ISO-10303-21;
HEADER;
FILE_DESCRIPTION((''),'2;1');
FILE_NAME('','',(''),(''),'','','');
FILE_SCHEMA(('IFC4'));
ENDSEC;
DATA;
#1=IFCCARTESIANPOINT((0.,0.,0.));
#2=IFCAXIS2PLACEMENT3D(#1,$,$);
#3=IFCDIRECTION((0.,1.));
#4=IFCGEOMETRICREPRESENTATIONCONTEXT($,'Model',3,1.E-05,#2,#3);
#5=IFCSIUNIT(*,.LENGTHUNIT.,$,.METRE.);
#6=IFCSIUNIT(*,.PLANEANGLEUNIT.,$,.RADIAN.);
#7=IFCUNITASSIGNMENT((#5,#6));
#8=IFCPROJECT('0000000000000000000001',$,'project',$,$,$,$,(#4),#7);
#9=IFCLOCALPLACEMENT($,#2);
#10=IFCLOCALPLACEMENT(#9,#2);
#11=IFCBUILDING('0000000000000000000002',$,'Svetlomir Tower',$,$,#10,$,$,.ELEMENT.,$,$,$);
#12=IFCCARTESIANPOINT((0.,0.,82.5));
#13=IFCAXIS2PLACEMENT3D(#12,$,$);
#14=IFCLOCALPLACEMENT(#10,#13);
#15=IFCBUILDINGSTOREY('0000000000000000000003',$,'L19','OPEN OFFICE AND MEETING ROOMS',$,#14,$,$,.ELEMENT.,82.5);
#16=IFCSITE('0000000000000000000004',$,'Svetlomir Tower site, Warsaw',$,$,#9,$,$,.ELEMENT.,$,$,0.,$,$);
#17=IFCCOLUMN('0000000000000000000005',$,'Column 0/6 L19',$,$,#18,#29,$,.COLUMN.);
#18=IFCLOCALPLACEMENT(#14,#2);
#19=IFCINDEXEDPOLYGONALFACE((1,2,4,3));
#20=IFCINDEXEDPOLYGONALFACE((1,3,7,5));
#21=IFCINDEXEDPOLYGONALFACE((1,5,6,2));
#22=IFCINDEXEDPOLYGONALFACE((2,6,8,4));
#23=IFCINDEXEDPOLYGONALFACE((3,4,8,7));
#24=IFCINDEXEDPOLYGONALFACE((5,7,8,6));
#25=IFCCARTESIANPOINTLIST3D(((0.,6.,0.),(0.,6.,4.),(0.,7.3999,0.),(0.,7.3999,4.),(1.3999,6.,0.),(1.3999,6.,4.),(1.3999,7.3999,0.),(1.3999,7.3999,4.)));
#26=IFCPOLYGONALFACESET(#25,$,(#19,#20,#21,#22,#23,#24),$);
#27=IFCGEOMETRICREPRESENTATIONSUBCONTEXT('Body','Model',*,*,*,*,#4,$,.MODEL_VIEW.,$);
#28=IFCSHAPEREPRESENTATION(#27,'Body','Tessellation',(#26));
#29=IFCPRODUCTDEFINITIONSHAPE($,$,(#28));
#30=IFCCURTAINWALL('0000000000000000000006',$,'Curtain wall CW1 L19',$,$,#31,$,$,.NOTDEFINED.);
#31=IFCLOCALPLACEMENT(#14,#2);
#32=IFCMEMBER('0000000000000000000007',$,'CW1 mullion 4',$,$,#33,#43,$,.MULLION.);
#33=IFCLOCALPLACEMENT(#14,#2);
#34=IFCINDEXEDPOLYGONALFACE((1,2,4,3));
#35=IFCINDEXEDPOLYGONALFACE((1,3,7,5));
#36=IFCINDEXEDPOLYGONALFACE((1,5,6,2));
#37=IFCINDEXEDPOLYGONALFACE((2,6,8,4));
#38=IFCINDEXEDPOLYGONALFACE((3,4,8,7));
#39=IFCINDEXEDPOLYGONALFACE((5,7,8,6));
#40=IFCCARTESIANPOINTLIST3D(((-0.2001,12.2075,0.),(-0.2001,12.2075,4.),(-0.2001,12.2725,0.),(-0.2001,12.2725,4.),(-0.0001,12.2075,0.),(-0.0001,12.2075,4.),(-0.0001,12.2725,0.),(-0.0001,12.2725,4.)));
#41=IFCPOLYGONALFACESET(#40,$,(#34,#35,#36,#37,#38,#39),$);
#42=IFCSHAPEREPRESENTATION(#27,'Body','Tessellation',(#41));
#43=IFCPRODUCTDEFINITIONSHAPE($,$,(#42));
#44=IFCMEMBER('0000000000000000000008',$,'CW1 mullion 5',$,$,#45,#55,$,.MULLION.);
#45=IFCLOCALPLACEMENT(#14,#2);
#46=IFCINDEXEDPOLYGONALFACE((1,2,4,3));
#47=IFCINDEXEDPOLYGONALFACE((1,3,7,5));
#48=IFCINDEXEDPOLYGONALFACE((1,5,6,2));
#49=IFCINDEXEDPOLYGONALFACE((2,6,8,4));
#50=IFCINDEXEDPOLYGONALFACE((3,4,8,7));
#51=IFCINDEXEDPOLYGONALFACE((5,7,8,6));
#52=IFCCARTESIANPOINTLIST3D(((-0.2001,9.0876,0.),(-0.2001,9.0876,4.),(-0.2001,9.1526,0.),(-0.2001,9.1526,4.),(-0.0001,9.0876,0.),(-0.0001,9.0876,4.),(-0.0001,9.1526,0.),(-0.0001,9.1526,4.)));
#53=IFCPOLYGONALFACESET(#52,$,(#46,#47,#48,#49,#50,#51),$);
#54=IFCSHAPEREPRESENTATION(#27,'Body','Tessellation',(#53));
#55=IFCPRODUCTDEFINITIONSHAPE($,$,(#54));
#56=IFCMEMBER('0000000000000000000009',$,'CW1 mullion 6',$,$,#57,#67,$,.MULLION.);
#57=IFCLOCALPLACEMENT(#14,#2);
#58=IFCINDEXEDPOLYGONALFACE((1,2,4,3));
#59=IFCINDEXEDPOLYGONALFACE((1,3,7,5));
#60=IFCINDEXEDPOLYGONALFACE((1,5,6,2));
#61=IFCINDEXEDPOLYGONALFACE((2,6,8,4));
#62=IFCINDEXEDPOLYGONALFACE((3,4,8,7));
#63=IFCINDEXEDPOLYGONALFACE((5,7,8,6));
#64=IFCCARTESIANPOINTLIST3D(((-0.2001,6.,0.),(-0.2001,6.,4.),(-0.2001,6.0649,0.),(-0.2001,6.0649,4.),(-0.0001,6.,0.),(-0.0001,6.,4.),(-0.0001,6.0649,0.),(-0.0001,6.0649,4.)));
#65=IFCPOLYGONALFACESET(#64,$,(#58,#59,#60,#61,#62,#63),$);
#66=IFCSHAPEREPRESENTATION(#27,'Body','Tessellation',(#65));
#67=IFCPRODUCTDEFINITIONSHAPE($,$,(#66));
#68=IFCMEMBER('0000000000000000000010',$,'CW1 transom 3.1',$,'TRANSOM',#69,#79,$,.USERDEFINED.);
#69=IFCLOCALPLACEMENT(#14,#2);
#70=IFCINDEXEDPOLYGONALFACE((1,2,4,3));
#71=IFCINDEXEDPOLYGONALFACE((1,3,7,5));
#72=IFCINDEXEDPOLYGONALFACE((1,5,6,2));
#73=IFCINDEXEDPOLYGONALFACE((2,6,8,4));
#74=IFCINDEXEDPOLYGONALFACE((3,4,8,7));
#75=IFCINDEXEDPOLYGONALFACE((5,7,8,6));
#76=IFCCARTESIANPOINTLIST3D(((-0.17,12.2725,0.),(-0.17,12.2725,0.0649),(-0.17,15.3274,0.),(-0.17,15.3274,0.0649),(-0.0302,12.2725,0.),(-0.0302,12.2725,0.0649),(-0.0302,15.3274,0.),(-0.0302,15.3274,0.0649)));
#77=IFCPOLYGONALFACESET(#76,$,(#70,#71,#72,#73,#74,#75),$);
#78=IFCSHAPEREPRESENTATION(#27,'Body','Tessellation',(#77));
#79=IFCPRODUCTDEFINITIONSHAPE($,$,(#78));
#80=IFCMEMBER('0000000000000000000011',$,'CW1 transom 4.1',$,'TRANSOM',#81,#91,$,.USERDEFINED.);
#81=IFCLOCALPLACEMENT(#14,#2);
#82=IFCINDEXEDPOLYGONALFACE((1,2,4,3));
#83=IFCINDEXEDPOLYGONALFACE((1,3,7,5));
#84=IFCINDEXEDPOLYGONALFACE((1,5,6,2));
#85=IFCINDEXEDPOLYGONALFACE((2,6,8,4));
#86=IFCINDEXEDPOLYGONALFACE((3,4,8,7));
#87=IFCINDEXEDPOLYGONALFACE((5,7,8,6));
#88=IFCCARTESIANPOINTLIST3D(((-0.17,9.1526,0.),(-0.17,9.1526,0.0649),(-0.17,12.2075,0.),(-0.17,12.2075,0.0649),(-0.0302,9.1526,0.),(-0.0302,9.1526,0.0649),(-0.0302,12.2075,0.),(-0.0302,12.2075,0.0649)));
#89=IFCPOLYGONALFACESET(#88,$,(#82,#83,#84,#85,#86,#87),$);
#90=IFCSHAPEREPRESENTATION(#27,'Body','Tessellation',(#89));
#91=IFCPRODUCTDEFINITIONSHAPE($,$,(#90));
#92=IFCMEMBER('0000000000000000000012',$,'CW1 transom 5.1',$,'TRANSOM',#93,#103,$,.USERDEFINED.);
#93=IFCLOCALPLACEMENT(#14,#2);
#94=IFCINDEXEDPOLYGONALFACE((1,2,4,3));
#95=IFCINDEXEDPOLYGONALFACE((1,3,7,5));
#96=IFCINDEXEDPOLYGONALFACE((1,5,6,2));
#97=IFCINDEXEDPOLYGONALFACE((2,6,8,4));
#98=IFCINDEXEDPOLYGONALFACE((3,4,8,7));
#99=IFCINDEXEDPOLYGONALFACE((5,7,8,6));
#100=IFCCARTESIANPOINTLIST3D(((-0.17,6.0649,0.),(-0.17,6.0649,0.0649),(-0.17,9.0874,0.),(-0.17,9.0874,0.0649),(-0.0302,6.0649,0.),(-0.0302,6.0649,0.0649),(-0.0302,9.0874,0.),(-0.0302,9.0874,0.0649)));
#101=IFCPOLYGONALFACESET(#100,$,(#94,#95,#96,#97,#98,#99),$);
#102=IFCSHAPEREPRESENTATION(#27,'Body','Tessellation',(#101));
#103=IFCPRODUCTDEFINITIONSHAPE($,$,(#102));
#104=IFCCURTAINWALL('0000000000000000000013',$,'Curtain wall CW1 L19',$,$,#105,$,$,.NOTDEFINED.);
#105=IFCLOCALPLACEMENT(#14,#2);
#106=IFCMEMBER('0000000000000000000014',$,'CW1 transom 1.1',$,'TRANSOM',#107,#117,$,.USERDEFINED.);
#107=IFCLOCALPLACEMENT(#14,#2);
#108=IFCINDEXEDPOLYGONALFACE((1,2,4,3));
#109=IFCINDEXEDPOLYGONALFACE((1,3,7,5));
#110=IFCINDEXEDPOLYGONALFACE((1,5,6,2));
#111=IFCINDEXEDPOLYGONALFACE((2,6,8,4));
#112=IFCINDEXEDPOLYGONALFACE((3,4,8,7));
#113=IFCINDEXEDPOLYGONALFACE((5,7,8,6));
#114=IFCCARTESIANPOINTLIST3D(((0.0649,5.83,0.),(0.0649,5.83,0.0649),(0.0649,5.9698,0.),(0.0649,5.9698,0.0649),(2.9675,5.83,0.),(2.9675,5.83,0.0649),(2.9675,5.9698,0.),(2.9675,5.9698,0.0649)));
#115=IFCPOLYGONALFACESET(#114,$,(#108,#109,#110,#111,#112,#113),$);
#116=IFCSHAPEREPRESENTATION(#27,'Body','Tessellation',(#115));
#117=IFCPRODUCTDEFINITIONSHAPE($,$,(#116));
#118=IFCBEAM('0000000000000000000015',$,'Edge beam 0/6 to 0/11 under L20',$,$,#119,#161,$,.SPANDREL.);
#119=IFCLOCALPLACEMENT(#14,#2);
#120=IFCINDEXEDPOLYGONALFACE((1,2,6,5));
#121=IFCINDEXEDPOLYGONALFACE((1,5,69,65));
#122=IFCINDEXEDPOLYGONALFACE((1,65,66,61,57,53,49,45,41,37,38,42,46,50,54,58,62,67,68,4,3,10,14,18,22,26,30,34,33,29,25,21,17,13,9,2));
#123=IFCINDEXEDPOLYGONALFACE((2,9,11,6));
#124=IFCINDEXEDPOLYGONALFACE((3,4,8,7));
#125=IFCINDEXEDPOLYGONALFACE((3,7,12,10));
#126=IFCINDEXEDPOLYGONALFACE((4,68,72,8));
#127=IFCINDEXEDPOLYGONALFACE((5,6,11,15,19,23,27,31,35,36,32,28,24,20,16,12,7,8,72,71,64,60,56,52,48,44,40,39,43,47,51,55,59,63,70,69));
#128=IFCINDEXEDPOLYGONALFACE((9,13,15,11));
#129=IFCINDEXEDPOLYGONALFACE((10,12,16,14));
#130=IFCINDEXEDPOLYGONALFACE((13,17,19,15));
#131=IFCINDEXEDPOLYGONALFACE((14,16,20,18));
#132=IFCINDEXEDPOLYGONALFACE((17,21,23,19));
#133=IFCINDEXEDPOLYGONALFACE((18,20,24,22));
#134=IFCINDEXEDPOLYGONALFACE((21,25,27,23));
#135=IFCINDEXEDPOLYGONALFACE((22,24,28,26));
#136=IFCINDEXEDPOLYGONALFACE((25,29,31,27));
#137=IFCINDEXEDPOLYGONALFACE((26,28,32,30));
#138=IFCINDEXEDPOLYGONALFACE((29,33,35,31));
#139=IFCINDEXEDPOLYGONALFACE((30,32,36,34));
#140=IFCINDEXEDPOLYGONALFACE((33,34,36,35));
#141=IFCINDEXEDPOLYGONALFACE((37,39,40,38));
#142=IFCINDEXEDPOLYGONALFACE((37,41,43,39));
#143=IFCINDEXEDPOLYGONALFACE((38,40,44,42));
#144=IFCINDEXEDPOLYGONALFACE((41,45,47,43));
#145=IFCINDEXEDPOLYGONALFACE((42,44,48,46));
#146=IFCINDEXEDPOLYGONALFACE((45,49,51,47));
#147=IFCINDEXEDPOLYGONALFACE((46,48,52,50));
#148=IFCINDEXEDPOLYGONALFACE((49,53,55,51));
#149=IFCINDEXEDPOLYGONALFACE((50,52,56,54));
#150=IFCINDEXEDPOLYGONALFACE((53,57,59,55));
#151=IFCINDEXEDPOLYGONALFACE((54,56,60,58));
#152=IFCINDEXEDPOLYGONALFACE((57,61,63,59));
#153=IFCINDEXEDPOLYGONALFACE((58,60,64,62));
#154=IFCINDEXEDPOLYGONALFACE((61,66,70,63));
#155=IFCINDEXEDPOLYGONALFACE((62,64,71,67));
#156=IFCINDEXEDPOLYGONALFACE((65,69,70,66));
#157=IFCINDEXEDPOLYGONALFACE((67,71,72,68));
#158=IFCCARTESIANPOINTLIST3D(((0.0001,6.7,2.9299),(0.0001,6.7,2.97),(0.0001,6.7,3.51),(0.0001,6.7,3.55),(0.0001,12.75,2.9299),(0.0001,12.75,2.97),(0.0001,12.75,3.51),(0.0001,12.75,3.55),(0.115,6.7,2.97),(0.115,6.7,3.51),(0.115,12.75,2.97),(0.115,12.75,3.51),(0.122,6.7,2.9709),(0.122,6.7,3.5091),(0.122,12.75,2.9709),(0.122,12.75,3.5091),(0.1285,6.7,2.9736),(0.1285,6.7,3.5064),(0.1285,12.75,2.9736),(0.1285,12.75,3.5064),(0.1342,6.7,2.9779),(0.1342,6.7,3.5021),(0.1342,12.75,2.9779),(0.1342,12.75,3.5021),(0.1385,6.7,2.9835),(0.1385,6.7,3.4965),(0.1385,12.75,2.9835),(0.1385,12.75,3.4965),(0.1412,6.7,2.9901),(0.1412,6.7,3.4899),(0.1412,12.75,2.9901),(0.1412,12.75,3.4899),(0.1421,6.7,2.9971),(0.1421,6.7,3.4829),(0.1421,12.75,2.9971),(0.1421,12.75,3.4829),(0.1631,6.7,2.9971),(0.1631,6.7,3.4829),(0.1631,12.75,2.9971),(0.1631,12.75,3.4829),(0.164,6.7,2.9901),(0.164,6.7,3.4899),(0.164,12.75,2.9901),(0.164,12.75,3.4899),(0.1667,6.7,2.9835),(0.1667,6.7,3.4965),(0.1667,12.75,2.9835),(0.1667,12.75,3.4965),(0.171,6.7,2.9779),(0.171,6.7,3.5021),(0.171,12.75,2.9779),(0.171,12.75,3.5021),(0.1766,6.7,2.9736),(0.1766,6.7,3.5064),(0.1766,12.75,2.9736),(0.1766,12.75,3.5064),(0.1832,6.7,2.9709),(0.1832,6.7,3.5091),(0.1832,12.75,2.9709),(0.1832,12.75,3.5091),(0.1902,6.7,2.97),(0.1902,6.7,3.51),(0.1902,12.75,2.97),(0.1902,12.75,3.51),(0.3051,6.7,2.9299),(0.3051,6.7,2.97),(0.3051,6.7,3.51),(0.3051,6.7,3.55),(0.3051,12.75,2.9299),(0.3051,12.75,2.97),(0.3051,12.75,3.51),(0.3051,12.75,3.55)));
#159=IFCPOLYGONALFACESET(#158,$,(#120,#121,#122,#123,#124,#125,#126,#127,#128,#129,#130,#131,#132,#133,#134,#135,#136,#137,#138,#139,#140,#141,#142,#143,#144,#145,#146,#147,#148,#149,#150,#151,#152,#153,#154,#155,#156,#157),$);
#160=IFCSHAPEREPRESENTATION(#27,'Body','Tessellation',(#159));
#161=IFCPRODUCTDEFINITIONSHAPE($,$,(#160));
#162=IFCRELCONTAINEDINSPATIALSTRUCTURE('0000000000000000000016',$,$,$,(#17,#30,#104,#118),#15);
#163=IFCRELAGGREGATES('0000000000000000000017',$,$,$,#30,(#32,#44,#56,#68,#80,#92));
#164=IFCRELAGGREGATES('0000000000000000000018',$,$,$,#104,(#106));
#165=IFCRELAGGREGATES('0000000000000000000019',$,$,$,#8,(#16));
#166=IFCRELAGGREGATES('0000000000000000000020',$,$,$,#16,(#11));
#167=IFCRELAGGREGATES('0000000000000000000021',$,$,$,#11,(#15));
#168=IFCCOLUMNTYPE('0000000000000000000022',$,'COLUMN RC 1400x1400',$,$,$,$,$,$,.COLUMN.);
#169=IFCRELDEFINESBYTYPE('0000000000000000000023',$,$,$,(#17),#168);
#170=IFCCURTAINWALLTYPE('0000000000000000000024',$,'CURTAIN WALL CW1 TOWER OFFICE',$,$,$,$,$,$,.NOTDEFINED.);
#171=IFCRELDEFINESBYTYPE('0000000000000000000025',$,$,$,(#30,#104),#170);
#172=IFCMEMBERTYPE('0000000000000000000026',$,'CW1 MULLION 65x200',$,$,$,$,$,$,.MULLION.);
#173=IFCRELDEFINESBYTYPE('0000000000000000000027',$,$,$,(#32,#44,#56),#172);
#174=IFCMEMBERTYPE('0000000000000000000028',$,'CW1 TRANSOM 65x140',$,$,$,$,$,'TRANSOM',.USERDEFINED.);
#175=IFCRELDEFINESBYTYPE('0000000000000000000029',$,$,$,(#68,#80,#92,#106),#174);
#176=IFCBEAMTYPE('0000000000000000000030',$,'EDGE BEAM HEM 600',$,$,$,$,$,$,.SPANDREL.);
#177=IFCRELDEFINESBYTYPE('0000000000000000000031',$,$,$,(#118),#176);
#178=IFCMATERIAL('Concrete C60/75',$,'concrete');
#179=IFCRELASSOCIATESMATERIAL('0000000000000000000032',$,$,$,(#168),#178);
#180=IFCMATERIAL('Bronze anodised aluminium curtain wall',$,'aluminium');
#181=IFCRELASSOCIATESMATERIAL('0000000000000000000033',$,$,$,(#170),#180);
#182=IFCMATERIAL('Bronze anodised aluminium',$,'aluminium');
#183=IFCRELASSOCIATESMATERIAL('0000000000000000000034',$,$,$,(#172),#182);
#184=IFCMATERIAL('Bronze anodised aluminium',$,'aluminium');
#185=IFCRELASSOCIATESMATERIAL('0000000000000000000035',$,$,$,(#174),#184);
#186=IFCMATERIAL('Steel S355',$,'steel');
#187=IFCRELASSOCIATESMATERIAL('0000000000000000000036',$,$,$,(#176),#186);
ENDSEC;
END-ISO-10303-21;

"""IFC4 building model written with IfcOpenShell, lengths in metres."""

from ifc_helpers import new_model, si_unit, direction, frame, origin, origin_2d, place, context, subcontext, project, spatial, rectangle, i_section, extrude, material, material_profile, profile_set, type_object, element, aggregate, save


model = new_model("IFC4")

# Units and contexts
model_context = context("Model", 3, precision=1e-05, world=origin(), true_north=direction((0.0, 1.0)))
body_context = subcontext(model_context, "Body", "Model", "MODEL_VIEW")
ifc_project = project(units=[si_unit("LENGTHUNIT", "METRE"), si_unit("PLANEANGLEUNIT", "RADIAN")], contexts=[model_context])

# Site, building, storey
site_placement = place(None, origin())
site = spatial("IfcSite", under=ifc_project, at=site_placement, Name="Svetlomir Tower site, Warsaw", CompositionType="ELEMENT", RefElevation=0.0)
building_placement = place(site_placement, origin())
building = spatial("IfcBuilding", under=site, at=building_placement, Name="Svetlomir Tower", CompositionType="ELEMENT")
storey_placement = place(building_placement, frame((0.0, 0.0, 82.5)))
storey = spatial("IfcBuildingStorey", under=building, at=storey_placement, Name="L19", Description="OPEN OFFICE AND MEETING ROOMS", CompositionType="ELEMENT", Elevation=82.5)

# Column
ifc_material_1 = material(Name="Concrete C60/75", Category="concrete")
ifc_material_profile_1 = material_profile(ifc_material_1, rectangle(XDim=1.3999, YDim=1.3999, at=origin_2d()), Name="RC 1400x1400")
ifc_profile_set_1 = profile_set([ifc_material_profile_1], Name="Concrete C60/75")
column_type = type_object("IfcColumnType", Name="COLUMN RC 1400x1400", PredefinedType="COLUMN", material=ifc_profile_set_1)
column_placement = place(storey_placement, frame((0.7, 6.7, 0.0), z_axis=(0.0, 0.0, 1.0), x_axis=(1.0, 0.0, 0.0)))
element("IfcColumn", 1, at=column_placement, inside=storey, type_object=column_type, Name="Column 0/6 L19", PredefinedType="COLUMN", context=body_context, shape_type="SweptSolid", body=[
    extrude(rectangle(XDim=1.3999, YDim=1.3999, at=origin_2d()), origin(), (0.0, 0.0, 1.0), 4.0),
])

# Curtain wall, members
ifc_material_2 = material(Name="Bronze anodised aluminium curtain wall", Category="aluminium")
curtain_wall_type = type_object("IfcCurtainWallType", Name="CURTAIN WALL CW1 TOWER OFFICE", PredefinedType="NOTDEFINED", material=ifc_material_2)
curtain_wall_1_placement = place(storey_placement, origin())
curtain_wall_1 = element("IfcCurtainWall", 2, at=curtain_wall_1_placement, inside=storey, type_object=curtain_wall_type, Name="Curtain wall CW1 L19", PredefinedType="NOTDEFINED")
ifc_material_3 = material(Name="Bronze anodised aluminium", Category="aluminium")
ifc_material_profile_2 = material_profile(ifc_material_3, rectangle(XDim=0.0649, YDim=0.2, at=origin_2d()), Name="AL 65x200")
ifc_profile_set_2 = profile_set([ifc_material_profile_2], Name="Bronze anodised aluminium 6063-T6")
member_type_1 = type_object("IfcMemberType", Name="CW1 MULLION 65x200", PredefinedType="MULLION", material=ifc_profile_set_2)
member_1_placement = place(storey_placement, frame((-0.1001, 12.24, 0.0), z_axis=(0.0, 0.0, 1.0), x_axis=(0.0, -1.0, 0.0)))
member_1 = element("IfcMember", 3, at=member_1_placement, type_object=member_type_1, Name="CW1 mullion 4", PredefinedType="MULLION", context=body_context, shape_type="SweptSolid", body=[
    extrude(rectangle(XDim=0.0649, YDim=0.2, at=origin_2d()), origin(), (0.0, 0.0, 1.0), 4.0),
])
member_2_placement = place(storey_placement, frame((-0.1001, 9.1201, 0.0), z_axis=(0.0, 0.0, 1.0), x_axis=(0.0, -1.0, 0.0)))
member_2 = element("IfcMember", 4, at=member_2_placement, type_object=member_type_1, Name="CW1 mullion 5", PredefinedType="MULLION", context=body_context, shape_type="SweptSolid", body=[
    extrude(rectangle(XDim=0.0649, YDim=0.2, at=origin_2d()), origin(), (0.0, 0.0, 1.0), 4.0),
])
member_3_placement = place(storey_placement, frame((-0.1001, 6.0325, 0.0), z_axis=(0.0, 0.0, 1.0), x_axis=(0.0, -1.0, 0.0)))
member_3 = element("IfcMember", 5, at=member_3_placement, type_object=member_type_1, Name="CW1 mullion 6", PredefinedType="MULLION", context=body_context, shape_type="SweptSolid", body=[
    extrude(rectangle(XDim=0.0649, YDim=0.2, at=origin_2d()), origin(), (0.0, 0.0, 1.0), 4.0),
])
ifc_material_4 = material(Name="Bronze anodised aluminium", Category="aluminium")
ifc_material_profile_3 = material_profile(ifc_material_4, rectangle(XDim=0.1399, YDim=0.0649, at=origin_2d()), Name="AL 140x65")
ifc_profile_set_3 = profile_set([ifc_material_profile_3], Name="Bronze anodised aluminium 6063-T6")
member_type_2 = type_object("IfcMemberType", Name="CW1 TRANSOM 65x140", ElementType="TRANSOM", PredefinedType="USERDEFINED", material=ifc_profile_set_3)
member_4_placement = place(storey_placement, frame((-0.1001, 15.3274, 0.0325), z_axis=(0.0, -1.0, 0.0), x_axis=(1.0, 0.0, 0.0)))
member_4 = element("IfcMember", 6, at=member_4_placement, type_object=member_type_2, Name="CW1 transom 3.1", ObjectType="TRANSOM", PredefinedType="USERDEFINED", context=body_context, shape_type="SweptSolid", body=[
    extrude(rectangle(XDim=0.1399, YDim=0.0649, at=origin_2d()), origin(), (0.0, 0.0, 1.0), 3.0549),
])
member_5_placement = place(storey_placement, frame((-0.1001, 12.2075, 0.0325), z_axis=(0.0, -1.0, 0.0), x_axis=(1.0, 0.0, 0.0)))
member_5 = element("IfcMember", 7, at=member_5_placement, type_object=member_type_2, Name="CW1 transom 4.1", ObjectType="TRANSOM", PredefinedType="USERDEFINED", context=body_context, shape_type="SweptSolid", body=[
    extrude(rectangle(XDim=0.1399, YDim=0.0649, at=origin_2d()), origin(), (0.0, 0.0, 1.0), 3.0549),
])
member_6_placement = place(storey_placement, frame((-0.1001, 9.0874, 0.0325), z_axis=(0.0, -1.0, 0.0), x_axis=(1.0, 0.0, 0.0)))
member_6 = element("IfcMember", 8, at=member_6_placement, type_object=member_type_2, Name="CW1 transom 5.1", ObjectType="TRANSOM", PredefinedType="USERDEFINED", context=body_context, shape_type="SweptSolid", body=[
    extrude(rectangle(XDim=0.1399, YDim=0.0649, at=origin_2d()), origin(), (0.0, 0.0, 1.0), 3.0225),
])

# Curtain wall, member
curtain_wall_2_placement = place(storey_placement, origin())
curtain_wall_2 = element("IfcCurtainWall", 9, at=curtain_wall_2_placement, inside=storey, type_object=curtain_wall_type, Name="Curtain wall CW1 L19", PredefinedType="NOTDEFINED")
member_7_placement = place(storey_placement, frame((0.0649, 5.8999, 0.0325), z_axis=(1.0, 0.0, 0.0), x_axis=(0.0, 1.0, 0.0)))
member_7 = element("IfcMember", 10, at=member_7_placement, type_object=member_type_2, Name="CW1 transom 1.1", ObjectType="TRANSOM", PredefinedType="USERDEFINED", context=body_context, shape_type="SweptSolid", body=[
    extrude(rectangle(XDim=0.1399, YDim=0.0649, at=origin_2d()), origin(), (0.0, 0.0, 1.0), 2.9026),
])

# Beam
ifc_material_5 = material(Name="Steel S355", Category="steel")
ifc_material_profile_4 = material_profile(ifc_material_5, i_section(OverallWidth=0.3049, OverallDepth=0.6201, WebThickness=0.021, FlangeThickness=0.04, FilletRadius=0.0271, at=origin_2d()), Name="HEM 600")
ifc_profile_set_4 = profile_set([ifc_material_profile_4], Name="Steel S355")
beam_type = type_object("IfcBeamType", Name="EDGE BEAM HEM 600", PredefinedType="SPANDREL", material=ifc_profile_set_4)
beam_1_placement = place(storey_placement, frame((0.1526, 6.7, 3.24), z_axis=(0.0, 1.0, 0.0), x_axis=(-1.0, 0.0, 0.0)))
element("IfcBeam", 11, at=beam_1_placement, inside=storey, type_object=beam_type, Name="Edge beam 0/6 to 0/11 under L20", PredefinedType="SPANDREL", context=body_context, shape_type="SweptSolid", body=[
    extrude(i_section(OverallWidth=0.3049, OverallDepth=0.6201, WebThickness=0.021, FlangeThickness=0.04, FilletRadius=0.0271, at=origin_2d()), origin(), (0.0, 0.0, 1.0), 6.05),
])

aggregate(curtain_wall_1, [member_1, member_2, member_3, member_4, member_5, member_6])
aggregate(curtain_wall_2, [member_7])

save(model, "model.ifc")
